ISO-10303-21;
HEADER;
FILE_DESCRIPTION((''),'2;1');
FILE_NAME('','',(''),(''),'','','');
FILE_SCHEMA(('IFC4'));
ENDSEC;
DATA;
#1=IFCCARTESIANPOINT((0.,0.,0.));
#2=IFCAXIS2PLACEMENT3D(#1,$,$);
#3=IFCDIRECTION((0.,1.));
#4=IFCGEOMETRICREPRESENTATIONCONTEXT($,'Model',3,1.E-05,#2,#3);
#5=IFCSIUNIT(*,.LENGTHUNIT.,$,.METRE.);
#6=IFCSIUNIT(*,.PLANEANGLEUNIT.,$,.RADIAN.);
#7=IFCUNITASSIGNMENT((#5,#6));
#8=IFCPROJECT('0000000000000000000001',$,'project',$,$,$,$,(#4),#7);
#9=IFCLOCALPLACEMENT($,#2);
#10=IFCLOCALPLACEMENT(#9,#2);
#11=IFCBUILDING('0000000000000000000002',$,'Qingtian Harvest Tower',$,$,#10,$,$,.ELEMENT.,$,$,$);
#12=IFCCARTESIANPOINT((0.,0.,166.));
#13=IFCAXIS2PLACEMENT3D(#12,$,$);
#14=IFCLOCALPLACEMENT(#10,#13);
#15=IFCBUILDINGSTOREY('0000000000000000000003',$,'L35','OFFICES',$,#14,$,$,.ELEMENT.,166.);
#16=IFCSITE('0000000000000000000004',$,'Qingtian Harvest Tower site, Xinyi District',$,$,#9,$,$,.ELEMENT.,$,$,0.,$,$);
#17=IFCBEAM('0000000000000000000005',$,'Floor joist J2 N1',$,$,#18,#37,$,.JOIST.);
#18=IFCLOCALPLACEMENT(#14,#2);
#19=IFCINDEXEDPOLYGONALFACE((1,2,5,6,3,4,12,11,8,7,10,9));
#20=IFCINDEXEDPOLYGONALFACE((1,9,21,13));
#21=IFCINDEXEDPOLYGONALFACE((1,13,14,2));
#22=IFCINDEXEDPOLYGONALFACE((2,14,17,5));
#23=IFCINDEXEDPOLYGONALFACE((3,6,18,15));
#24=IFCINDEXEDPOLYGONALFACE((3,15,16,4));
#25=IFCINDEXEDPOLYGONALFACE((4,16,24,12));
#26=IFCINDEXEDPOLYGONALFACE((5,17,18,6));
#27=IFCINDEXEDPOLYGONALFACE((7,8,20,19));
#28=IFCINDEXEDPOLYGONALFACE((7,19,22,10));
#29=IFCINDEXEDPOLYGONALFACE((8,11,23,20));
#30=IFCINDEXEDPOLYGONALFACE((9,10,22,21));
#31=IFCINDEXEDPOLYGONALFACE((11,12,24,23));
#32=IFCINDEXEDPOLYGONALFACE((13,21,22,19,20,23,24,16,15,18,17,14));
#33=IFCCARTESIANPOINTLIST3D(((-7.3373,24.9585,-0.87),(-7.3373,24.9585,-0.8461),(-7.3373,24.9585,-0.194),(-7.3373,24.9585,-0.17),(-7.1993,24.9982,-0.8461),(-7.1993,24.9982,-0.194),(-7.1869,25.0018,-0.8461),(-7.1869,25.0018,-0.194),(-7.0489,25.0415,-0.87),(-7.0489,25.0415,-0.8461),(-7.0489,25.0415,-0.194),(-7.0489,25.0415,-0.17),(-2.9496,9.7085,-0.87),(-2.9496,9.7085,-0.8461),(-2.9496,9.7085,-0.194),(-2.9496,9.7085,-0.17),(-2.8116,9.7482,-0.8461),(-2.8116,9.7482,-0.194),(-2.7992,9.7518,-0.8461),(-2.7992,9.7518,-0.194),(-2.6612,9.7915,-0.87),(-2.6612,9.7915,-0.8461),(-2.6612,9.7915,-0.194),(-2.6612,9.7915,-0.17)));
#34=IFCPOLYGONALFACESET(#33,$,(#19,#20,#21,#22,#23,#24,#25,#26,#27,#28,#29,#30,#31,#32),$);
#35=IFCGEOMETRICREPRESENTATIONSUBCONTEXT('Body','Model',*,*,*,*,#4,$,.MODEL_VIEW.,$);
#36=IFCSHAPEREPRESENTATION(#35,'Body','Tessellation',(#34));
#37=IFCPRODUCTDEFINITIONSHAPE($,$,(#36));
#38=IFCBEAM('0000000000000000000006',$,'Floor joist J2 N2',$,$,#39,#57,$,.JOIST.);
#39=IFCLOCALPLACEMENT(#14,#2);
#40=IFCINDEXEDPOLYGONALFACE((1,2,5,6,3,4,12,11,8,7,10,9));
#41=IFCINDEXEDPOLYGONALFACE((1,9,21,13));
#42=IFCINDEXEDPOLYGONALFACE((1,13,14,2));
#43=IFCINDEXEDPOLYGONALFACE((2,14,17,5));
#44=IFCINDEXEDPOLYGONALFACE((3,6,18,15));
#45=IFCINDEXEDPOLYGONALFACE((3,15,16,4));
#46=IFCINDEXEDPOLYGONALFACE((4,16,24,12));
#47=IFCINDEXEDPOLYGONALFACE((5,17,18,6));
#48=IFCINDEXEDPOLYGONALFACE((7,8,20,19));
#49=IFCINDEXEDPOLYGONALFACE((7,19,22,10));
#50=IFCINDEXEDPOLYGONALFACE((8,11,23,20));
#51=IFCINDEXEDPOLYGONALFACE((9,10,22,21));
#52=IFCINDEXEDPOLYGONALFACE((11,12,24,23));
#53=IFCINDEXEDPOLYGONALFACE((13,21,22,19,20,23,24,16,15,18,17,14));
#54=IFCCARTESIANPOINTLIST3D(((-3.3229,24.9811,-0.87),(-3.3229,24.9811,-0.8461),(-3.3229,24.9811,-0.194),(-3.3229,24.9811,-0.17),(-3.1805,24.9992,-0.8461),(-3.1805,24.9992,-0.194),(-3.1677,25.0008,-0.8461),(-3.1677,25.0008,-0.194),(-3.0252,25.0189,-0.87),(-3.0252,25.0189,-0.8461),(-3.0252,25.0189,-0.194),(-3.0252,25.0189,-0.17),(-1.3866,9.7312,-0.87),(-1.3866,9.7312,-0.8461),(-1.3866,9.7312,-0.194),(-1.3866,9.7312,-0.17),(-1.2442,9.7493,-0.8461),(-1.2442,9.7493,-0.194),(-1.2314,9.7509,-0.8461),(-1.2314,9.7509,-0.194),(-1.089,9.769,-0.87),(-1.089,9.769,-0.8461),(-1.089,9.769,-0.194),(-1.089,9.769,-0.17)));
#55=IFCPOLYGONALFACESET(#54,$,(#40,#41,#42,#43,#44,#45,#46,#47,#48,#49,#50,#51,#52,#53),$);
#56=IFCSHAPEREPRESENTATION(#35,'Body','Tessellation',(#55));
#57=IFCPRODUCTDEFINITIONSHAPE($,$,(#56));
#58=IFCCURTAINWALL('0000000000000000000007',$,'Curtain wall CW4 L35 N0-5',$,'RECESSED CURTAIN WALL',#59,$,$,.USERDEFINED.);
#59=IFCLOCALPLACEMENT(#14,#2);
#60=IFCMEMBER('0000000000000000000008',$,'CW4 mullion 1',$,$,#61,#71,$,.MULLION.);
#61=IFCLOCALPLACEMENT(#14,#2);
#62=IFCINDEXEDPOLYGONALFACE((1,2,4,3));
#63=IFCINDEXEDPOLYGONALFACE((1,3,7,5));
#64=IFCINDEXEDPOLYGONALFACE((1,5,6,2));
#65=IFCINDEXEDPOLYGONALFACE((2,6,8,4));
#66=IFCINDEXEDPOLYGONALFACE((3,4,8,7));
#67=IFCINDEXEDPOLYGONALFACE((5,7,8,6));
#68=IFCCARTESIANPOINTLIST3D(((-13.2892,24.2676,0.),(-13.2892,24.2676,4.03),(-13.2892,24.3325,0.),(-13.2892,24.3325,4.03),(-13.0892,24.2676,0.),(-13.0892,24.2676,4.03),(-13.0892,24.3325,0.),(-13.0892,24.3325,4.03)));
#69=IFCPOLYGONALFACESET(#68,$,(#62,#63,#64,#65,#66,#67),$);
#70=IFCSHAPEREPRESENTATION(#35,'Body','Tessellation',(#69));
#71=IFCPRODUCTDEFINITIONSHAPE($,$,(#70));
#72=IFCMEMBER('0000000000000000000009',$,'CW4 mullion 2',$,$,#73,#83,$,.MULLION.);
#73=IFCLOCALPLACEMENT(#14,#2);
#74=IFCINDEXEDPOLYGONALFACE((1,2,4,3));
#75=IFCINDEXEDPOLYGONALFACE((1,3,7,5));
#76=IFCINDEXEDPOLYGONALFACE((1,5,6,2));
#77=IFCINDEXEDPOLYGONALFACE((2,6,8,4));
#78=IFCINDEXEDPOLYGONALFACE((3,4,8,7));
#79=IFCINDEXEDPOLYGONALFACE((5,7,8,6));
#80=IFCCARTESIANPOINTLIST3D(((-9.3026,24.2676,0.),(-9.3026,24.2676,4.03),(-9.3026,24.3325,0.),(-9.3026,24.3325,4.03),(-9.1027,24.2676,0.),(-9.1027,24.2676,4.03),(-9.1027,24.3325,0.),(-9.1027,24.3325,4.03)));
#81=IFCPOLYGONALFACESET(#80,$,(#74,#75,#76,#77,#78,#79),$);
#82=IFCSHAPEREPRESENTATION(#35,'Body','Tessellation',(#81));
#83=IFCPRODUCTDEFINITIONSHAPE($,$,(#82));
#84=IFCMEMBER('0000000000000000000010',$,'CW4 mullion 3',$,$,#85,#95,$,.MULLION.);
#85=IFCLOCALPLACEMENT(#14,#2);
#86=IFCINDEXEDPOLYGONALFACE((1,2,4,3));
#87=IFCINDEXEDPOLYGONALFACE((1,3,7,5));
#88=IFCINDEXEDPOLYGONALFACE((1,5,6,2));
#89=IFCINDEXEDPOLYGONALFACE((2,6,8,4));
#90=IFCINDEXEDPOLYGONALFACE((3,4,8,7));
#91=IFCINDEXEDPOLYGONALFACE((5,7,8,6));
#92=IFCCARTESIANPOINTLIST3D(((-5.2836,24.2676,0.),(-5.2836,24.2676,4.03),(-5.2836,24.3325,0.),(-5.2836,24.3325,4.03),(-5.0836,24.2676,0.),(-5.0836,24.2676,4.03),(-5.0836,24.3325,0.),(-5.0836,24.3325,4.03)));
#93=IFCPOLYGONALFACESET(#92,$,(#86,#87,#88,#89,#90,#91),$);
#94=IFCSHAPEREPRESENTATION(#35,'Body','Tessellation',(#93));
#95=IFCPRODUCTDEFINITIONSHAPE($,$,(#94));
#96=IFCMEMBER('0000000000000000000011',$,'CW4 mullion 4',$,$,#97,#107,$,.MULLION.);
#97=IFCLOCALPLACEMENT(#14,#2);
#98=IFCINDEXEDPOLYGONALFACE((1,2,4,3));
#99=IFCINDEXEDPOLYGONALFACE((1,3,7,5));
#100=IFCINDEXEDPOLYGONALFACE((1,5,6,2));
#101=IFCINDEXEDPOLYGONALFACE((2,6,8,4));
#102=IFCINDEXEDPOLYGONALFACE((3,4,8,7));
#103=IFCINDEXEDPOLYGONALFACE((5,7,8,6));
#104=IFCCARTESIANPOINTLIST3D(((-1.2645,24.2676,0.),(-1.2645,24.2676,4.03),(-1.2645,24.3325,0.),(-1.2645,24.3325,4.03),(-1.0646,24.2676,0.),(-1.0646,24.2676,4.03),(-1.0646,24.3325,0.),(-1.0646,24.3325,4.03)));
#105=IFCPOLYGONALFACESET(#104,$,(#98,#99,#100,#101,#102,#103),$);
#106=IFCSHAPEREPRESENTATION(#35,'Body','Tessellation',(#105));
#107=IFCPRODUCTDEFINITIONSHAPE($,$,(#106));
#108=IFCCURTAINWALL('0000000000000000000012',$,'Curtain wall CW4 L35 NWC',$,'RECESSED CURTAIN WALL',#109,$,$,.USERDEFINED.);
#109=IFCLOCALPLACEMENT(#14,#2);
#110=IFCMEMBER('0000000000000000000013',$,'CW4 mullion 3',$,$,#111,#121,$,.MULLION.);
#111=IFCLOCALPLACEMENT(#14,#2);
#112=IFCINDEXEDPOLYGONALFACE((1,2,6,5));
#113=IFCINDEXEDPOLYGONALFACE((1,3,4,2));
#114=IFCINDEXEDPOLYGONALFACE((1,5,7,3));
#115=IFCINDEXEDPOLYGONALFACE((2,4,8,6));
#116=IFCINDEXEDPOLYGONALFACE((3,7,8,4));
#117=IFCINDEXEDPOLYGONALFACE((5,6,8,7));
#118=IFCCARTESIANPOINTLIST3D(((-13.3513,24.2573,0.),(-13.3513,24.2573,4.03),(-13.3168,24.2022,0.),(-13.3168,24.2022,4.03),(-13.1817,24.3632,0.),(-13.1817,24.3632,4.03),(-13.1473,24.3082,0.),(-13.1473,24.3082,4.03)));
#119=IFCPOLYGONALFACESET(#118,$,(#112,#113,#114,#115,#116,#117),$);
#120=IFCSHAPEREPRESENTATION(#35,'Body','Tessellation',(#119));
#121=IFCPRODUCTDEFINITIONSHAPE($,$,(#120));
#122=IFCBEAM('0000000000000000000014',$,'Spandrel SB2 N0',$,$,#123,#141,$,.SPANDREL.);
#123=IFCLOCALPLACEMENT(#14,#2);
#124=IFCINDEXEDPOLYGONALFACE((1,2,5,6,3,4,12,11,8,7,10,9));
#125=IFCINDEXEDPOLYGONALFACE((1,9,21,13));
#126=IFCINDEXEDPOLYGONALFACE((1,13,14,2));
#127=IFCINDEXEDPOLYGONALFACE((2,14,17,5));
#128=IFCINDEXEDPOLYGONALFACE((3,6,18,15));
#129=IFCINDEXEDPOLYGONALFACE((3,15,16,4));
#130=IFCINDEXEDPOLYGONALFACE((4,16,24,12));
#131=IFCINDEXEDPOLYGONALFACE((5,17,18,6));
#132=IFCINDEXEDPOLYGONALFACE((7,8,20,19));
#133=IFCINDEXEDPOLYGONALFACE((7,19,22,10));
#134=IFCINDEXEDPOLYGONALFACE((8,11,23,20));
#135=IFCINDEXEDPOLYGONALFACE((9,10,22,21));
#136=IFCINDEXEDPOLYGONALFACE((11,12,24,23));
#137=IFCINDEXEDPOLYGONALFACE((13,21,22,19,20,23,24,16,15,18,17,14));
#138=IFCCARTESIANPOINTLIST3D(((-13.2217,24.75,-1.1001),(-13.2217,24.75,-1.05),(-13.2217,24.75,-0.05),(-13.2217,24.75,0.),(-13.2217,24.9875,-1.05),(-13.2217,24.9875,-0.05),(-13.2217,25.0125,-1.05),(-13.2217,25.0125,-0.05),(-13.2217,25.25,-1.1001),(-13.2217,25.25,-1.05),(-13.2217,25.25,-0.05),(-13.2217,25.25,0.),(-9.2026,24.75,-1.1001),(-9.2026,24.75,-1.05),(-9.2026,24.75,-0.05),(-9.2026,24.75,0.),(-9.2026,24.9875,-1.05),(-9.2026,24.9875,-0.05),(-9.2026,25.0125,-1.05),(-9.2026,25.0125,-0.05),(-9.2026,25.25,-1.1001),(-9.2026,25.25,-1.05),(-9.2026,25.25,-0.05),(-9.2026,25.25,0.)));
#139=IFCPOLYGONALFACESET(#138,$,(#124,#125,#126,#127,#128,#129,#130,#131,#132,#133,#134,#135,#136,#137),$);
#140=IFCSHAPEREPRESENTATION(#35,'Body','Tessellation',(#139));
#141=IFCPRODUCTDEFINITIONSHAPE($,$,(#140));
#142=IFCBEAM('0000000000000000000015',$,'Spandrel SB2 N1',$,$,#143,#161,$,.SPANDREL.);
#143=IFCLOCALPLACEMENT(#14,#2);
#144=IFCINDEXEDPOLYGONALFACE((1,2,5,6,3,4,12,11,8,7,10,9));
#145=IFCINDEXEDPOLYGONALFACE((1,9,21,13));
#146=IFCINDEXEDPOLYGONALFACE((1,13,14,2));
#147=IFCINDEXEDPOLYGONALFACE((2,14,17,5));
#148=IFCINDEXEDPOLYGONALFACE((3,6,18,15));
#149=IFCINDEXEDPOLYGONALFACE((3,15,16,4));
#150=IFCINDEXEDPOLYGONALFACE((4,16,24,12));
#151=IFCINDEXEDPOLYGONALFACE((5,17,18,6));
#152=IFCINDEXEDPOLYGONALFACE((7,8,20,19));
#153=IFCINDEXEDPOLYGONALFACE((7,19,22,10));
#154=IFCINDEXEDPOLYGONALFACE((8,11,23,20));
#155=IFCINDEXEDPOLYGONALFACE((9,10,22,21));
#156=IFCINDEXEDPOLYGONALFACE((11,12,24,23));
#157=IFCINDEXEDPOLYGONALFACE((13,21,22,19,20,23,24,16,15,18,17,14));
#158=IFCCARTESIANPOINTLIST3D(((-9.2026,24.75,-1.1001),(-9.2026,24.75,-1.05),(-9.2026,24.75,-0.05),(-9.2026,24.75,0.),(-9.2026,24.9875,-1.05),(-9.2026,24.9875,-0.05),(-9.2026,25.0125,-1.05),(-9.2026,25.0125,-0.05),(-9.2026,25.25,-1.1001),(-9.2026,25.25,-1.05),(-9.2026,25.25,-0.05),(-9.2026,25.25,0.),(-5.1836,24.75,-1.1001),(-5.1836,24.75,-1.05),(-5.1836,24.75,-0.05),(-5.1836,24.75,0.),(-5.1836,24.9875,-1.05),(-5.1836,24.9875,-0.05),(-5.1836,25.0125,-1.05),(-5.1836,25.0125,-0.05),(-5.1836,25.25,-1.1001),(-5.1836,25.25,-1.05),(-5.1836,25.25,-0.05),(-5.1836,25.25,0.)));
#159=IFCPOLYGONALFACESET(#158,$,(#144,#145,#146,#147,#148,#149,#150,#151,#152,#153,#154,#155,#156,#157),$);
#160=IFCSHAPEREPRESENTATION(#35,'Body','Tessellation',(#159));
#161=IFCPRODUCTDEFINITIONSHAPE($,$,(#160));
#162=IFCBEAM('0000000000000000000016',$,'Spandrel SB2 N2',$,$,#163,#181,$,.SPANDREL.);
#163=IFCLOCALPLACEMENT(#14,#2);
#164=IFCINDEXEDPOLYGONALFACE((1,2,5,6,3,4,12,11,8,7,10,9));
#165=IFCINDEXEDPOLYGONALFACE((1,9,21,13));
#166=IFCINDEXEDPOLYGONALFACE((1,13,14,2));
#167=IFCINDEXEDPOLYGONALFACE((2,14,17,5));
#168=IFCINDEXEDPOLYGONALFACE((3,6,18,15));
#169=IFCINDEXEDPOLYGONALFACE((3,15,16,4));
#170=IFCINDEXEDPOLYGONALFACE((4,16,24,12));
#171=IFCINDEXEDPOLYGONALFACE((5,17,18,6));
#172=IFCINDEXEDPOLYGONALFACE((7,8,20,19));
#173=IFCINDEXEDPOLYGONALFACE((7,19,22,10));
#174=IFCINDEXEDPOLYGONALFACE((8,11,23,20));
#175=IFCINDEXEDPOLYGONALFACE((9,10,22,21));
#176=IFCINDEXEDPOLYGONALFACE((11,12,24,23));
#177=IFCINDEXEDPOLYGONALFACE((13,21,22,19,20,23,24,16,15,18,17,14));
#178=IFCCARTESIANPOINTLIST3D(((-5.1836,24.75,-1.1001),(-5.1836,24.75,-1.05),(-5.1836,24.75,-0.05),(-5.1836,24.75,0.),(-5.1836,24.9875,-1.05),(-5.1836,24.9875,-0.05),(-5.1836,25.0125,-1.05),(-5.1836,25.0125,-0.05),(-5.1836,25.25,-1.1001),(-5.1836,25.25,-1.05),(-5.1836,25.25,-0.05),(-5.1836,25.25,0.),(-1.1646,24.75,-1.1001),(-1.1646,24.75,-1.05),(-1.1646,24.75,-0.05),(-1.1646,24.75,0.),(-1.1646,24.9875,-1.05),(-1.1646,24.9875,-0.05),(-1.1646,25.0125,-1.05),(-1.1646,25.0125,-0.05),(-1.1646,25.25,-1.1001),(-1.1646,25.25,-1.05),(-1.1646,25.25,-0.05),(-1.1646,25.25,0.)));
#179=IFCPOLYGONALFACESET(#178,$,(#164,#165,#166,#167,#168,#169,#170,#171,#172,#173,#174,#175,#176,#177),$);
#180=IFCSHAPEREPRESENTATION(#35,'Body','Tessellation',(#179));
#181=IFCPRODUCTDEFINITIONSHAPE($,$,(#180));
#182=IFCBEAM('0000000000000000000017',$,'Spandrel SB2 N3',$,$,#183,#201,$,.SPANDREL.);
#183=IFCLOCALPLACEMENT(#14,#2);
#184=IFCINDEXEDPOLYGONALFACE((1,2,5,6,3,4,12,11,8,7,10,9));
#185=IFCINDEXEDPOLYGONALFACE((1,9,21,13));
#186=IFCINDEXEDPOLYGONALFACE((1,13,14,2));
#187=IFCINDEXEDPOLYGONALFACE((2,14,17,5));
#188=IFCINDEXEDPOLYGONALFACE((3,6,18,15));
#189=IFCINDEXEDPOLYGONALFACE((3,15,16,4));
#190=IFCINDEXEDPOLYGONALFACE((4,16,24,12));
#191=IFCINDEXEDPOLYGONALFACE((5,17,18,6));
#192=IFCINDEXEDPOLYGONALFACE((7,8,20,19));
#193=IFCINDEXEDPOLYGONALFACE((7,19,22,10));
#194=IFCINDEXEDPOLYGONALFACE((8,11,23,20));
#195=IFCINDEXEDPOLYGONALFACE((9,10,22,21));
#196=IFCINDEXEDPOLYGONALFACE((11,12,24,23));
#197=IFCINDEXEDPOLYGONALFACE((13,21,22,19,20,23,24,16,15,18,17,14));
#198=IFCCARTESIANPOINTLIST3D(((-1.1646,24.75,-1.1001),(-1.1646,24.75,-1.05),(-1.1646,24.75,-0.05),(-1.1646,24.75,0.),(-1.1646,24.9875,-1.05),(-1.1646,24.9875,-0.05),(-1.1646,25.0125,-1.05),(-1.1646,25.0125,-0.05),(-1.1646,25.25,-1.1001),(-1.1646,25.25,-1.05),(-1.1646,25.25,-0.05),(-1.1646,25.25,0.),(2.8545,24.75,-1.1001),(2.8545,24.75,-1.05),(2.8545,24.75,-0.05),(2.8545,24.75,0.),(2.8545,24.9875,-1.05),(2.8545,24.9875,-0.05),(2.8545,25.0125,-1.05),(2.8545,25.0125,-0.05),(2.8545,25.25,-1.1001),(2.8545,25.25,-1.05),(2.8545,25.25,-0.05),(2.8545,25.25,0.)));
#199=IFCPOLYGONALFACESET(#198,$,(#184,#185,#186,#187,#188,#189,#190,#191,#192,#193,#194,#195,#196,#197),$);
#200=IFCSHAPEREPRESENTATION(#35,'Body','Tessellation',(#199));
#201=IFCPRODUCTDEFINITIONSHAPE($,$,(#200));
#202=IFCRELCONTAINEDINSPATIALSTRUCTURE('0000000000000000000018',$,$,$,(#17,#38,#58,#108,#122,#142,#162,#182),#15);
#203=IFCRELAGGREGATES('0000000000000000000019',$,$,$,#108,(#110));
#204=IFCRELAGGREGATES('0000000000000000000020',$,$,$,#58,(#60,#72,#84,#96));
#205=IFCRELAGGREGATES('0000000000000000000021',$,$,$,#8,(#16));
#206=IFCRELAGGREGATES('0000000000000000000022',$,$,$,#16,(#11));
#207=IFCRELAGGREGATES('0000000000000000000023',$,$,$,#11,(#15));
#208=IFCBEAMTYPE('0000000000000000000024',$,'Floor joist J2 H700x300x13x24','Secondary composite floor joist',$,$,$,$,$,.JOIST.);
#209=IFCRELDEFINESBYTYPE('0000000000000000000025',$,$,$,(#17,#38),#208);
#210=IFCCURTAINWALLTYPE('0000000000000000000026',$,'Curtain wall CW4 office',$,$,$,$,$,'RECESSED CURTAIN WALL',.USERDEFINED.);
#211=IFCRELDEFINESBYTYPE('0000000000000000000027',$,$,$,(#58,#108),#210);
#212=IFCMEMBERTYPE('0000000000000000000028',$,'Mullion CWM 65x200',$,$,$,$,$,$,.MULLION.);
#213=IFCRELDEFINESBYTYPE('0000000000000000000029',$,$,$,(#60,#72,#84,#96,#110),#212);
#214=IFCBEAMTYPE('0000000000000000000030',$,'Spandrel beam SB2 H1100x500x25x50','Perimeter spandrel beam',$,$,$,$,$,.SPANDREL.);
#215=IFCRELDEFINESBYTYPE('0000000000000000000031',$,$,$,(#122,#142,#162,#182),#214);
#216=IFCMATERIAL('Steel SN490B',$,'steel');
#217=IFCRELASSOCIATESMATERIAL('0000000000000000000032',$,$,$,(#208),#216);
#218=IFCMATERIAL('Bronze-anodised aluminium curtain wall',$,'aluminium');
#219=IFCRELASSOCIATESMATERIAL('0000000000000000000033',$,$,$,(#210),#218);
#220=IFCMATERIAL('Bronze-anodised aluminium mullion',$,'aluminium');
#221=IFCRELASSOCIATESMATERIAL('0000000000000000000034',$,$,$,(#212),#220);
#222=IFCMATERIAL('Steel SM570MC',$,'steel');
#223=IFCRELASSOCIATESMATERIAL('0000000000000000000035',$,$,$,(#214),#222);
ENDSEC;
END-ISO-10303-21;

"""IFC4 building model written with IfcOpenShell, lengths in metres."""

from ifc_helpers import new_model, si_unit, direction, frame, origin, origin_2d, place, context, subcontext, project, spatial, rectangle, i_section, extrude, material, material_profile, profile_set, type_object, element, aggregate, save


model = new_model("IFC4")

# Units and contexts
model_context = context("Model", 3, precision=1e-05, world=origin(), true_north=direction((0.0, 1.0)))
body_context = subcontext(model_context, "Body", "Model", "MODEL_VIEW")
ifc_project = project(units=[si_unit("LENGTHUNIT", "METRE"), si_unit("PLANEANGLEUNIT", "RADIAN")], contexts=[model_context])

# Site, building, storey
site_placement = place(None, origin())
site = spatial("IfcSite", under=ifc_project, at=site_placement, Name="Qingtian Harvest Tower site, Xinyi District", CompositionType="ELEMENT", RefElevation=0.0)
building_placement = place(site_placement, origin())
building = spatial("IfcBuilding", under=site, at=building_placement, Name="Qingtian Harvest Tower", CompositionType="ELEMENT")
storey_placement = place(building_placement, frame((0.0, 0.0, 166.0)))
storey = spatial("IfcBuildingStorey", under=building, at=storey_placement, Name="L35", Description="OFFICES", CompositionType="ELEMENT", Elevation=166.0)

# Beams
ifc_material_1 = material(Name="Steel SN490B", Category="steel")
ifc_material_profile_1 = material_profile(ifc_material_1, i_section(OverallWidth=0.3, OverallDepth=0.7, WebThickness=0.0129, FlangeThickness=0.0239, at=origin_2d()), Name="H700x300x13x24")
ifc_profile_set_1 = profile_set([ifc_material_profile_1], Name="Steel SN490B")
beam_type_1 = type_object("IfcBeamType", Name="Floor joist J2 H700x300x13x24", Description="Secondary composite floor joist", PredefinedType="JOIST", material=ifc_profile_set_1)
beam_1_placement = place(storey_placement, frame((-7.1931, 25.0, -0.52), z_axis=(0.276501, -0.961014, 0.0), x_axis=(0.961014, 0.276501, 0.0)))
element("IfcBeam", 1, at=beam_1_placement, inside=storey, type_object=beam_type_1, Name="Floor joist J2 N1", PredefinedType="JOIST", context=body_context, shape_type="SweptSolid", body=[
    extrude(i_section(OverallWidth=0.3, OverallDepth=0.7, WebThickness=0.0129, FlangeThickness=0.0239, at=origin_2d()), origin(), (0.0, 0.0, 1.0), 15.8687),
])
beam_2_placement = place(storey_placement, frame((-3.1741, 25.0, -0.52), z_axis=(0.125958, -0.992036, 0.0), x_axis=(0.992036, 0.125958, 0.0)))
element("IfcBeam", 2, at=beam_2_placement, inside=storey, type_object=beam_type_1, Name="Floor joist J2 N2", PredefinedType="JOIST", context=body_context, shape_type="SweptSolid", body=[
    extrude(i_section(OverallWidth=0.3, OverallDepth=0.7, WebThickness=0.0129, FlangeThickness=0.0239, at=origin_2d()), origin(), (0.0, 0.0, 1.0), 15.3723),
])

# Curtain wall, members
ifc_material_2 = material(Name="Bronze-anodised aluminium curtain wall", Category="aluminium")
curtain_wall_type = type_object("IfcCurtainWallType", Name="Curtain wall CW4 office", ElementType="RECESSED CURTAIN WALL", PredefinedType="USERDEFINED", material=ifc_material_2)
curtain_wall_1_placement = place(storey_placement, origin())
curtain_wall_1 = element("IfcCurtainWall", 3, at=curtain_wall_1_placement, inside=storey, type_object=curtain_wall_type, Name="Curtain wall CW4 L35 N0-5", ObjectType="RECESSED CURTAIN WALL", PredefinedType="USERDEFINED")
ifc_material_3 = material(Name="Bronze-anodised aluminium mullion", Category="aluminium")
ifc_material_profile_2 = material_profile(ifc_material_3, rectangle(XDim=0.0649, YDim=0.2, at=origin_2d()), Name="AL 65x200")
ifc_profile_set_2 = profile_set([ifc_material_profile_2], Name="Bronze-anodised aluminium mullion")
member_type_1 = type_object("IfcMemberType", Name="Mullion CWM 65x200", PredefinedType="MULLION", material=ifc_profile_set_2)
member_1_placement = place(storey_placement, frame((-13.1892, 24.3, 0.0), z_axis=(0.0, 0.0, 1.0), x_axis=(0.0, 1.0, 0.0)))
member_1 = element("IfcMember", 4, at=member_1_placement, type_object=member_type_1, Name="CW4 mullion 1", PredefinedType="MULLION", context=body_context, shape_type="SweptSolid", body=[
    extrude(rectangle(XDim=0.0649, YDim=0.2, at=origin_2d()), origin(), (0.0, 0.0, 1.0), 4.03),
])
member_2_placement = place(storey_placement, frame((-9.2026, 24.3, 0.0), z_axis=(0.0, 0.0, 1.0), x_axis=(0.0, 1.0, 0.0)))
member_2 = element("IfcMember", 5, at=member_2_placement, type_object=member_type_1, Name="CW4 mullion 2", PredefinedType="MULLION", context=body_context, shape_type="SweptSolid", body=[
    extrude(rectangle(XDim=0.0649, YDim=0.2, at=origin_2d()), origin(), (0.0, 0.0, 1.0), 4.03),
])
member_3_placement = place(storey_placement, frame((-5.1836, 24.3, 0.0), z_axis=(0.0, 0.0, 1.0), x_axis=(0.0, 1.0, 0.0)))
member_3 = element("IfcMember", 6, at=member_3_placement, type_object=member_type_1, Name="CW4 mullion 3", PredefinedType="MULLION", context=body_context, shape_type="SweptSolid", body=[
    extrude(rectangle(XDim=0.0649, YDim=0.2, at=origin_2d()), origin(), (0.0, 0.0, 1.0), 4.03),
])
member_4_placement = place(storey_placement, frame((-1.1646, 24.3, 0.0), z_axis=(0.0, 0.0, 1.0), x_axis=(0.0, 1.0, 0.0)))
member_4 = element("IfcMember", 7, at=member_4_placement, type_object=member_type_1, Name="CW4 mullion 4", PredefinedType="MULLION", context=body_context, shape_type="SweptSolid", body=[
    extrude(rectangle(XDim=0.0649, YDim=0.2, at=origin_2d()), origin(), (0.0, 0.0, 1.0), 4.03),
])

# Curtain wall, member
curtain_wall_2_placement = place(storey_placement, origin())
curtain_wall_2 = element("IfcCurtainWall", 8, at=curtain_wall_2_placement, inside=storey, type_object=curtain_wall_type, Name="Curtain wall CW4 L35 NWC", ObjectType="RECESSED CURTAIN WALL", PredefinedType="USERDEFINED")
member_5_placement = place(storey_placement, frame((-13.2493, 24.2827, 0.0), z_axis=(0.0, 0.0, 1.0), x_axis=(-0.529919, 0.848048, 0.0)))
member_5 = element("IfcMember", 9, at=member_5_placement, type_object=member_type_1, Name="CW4 mullion 3", PredefinedType="MULLION", context=body_context, shape_type="SweptSolid", body=[
    extrude(rectangle(XDim=0.0649, YDim=0.2, at=origin_2d()), origin(), (0.0, 0.0, 1.0), 4.03),
])
aggregate(curtain_wall_2, [member_5])

# Beams
ifc_material_4 = material(Name="Steel SM570MC", Category="steel")
ifc_material_profile_3 = material_profile(ifc_material_4, i_section(OverallWidth=0.5, OverallDepth=1.1001, WebThickness=0.0249, FlangeThickness=0.05, at=origin_2d()), Name="H1100x500x25x50")
ifc_profile_set_3 = profile_set([ifc_material_profile_3], Name="Steel SM570MC")
beam_type_2 = type_object("IfcBeamType", Name="Spandrel beam SB2 H1100x500x25x50", Description="Perimeter spandrel beam", PredefinedType="SPANDREL", material=ifc_profile_set_3)
for number, where, z_axis, x_axis, name in (
    (10, (-13.2217, 25.0, -0.55), (1.0, 0.0, 0.0), (0.0, 1.0, 0.0), "Spandrel SB2 N0"),
    (11, (-9.2026, 25.0, -0.55), (1.0, 0.0, 0.0), (0.0, 1.0, 0.0), "Spandrel SB2 N1"),
    (12, (-5.1836, 25.0, -0.55), (1.0, 0.0, 0.0), (0.0, 1.0, 0.0), "Spandrel SB2 N2"),
    (13, (-1.1646, 25.0, -0.55), (1.0, 0.0, 0.0), (0.0, 1.0, 0.0), "Spandrel SB2 N3"),
):
    element("IfcBeam", number, at=place(storey_placement, frame(where, z_axis=z_axis, x_axis=x_axis)), inside=storey, type_object=beam_type_2, Name=name, PredefinedType="SPANDREL", context=body_context, shape_type="SweptSolid", body=[
        extrude(i_section(OverallWidth=0.5, OverallDepth=1.1001, WebThickness=0.0249, FlangeThickness=0.05, at=origin_2d()), origin(), (0.0, 0.0, 1.0), 4.019),
    ])

aggregate(curtain_wall_1, [member_1, member_2, member_3, member_4])

save(model, "model.ifc")
